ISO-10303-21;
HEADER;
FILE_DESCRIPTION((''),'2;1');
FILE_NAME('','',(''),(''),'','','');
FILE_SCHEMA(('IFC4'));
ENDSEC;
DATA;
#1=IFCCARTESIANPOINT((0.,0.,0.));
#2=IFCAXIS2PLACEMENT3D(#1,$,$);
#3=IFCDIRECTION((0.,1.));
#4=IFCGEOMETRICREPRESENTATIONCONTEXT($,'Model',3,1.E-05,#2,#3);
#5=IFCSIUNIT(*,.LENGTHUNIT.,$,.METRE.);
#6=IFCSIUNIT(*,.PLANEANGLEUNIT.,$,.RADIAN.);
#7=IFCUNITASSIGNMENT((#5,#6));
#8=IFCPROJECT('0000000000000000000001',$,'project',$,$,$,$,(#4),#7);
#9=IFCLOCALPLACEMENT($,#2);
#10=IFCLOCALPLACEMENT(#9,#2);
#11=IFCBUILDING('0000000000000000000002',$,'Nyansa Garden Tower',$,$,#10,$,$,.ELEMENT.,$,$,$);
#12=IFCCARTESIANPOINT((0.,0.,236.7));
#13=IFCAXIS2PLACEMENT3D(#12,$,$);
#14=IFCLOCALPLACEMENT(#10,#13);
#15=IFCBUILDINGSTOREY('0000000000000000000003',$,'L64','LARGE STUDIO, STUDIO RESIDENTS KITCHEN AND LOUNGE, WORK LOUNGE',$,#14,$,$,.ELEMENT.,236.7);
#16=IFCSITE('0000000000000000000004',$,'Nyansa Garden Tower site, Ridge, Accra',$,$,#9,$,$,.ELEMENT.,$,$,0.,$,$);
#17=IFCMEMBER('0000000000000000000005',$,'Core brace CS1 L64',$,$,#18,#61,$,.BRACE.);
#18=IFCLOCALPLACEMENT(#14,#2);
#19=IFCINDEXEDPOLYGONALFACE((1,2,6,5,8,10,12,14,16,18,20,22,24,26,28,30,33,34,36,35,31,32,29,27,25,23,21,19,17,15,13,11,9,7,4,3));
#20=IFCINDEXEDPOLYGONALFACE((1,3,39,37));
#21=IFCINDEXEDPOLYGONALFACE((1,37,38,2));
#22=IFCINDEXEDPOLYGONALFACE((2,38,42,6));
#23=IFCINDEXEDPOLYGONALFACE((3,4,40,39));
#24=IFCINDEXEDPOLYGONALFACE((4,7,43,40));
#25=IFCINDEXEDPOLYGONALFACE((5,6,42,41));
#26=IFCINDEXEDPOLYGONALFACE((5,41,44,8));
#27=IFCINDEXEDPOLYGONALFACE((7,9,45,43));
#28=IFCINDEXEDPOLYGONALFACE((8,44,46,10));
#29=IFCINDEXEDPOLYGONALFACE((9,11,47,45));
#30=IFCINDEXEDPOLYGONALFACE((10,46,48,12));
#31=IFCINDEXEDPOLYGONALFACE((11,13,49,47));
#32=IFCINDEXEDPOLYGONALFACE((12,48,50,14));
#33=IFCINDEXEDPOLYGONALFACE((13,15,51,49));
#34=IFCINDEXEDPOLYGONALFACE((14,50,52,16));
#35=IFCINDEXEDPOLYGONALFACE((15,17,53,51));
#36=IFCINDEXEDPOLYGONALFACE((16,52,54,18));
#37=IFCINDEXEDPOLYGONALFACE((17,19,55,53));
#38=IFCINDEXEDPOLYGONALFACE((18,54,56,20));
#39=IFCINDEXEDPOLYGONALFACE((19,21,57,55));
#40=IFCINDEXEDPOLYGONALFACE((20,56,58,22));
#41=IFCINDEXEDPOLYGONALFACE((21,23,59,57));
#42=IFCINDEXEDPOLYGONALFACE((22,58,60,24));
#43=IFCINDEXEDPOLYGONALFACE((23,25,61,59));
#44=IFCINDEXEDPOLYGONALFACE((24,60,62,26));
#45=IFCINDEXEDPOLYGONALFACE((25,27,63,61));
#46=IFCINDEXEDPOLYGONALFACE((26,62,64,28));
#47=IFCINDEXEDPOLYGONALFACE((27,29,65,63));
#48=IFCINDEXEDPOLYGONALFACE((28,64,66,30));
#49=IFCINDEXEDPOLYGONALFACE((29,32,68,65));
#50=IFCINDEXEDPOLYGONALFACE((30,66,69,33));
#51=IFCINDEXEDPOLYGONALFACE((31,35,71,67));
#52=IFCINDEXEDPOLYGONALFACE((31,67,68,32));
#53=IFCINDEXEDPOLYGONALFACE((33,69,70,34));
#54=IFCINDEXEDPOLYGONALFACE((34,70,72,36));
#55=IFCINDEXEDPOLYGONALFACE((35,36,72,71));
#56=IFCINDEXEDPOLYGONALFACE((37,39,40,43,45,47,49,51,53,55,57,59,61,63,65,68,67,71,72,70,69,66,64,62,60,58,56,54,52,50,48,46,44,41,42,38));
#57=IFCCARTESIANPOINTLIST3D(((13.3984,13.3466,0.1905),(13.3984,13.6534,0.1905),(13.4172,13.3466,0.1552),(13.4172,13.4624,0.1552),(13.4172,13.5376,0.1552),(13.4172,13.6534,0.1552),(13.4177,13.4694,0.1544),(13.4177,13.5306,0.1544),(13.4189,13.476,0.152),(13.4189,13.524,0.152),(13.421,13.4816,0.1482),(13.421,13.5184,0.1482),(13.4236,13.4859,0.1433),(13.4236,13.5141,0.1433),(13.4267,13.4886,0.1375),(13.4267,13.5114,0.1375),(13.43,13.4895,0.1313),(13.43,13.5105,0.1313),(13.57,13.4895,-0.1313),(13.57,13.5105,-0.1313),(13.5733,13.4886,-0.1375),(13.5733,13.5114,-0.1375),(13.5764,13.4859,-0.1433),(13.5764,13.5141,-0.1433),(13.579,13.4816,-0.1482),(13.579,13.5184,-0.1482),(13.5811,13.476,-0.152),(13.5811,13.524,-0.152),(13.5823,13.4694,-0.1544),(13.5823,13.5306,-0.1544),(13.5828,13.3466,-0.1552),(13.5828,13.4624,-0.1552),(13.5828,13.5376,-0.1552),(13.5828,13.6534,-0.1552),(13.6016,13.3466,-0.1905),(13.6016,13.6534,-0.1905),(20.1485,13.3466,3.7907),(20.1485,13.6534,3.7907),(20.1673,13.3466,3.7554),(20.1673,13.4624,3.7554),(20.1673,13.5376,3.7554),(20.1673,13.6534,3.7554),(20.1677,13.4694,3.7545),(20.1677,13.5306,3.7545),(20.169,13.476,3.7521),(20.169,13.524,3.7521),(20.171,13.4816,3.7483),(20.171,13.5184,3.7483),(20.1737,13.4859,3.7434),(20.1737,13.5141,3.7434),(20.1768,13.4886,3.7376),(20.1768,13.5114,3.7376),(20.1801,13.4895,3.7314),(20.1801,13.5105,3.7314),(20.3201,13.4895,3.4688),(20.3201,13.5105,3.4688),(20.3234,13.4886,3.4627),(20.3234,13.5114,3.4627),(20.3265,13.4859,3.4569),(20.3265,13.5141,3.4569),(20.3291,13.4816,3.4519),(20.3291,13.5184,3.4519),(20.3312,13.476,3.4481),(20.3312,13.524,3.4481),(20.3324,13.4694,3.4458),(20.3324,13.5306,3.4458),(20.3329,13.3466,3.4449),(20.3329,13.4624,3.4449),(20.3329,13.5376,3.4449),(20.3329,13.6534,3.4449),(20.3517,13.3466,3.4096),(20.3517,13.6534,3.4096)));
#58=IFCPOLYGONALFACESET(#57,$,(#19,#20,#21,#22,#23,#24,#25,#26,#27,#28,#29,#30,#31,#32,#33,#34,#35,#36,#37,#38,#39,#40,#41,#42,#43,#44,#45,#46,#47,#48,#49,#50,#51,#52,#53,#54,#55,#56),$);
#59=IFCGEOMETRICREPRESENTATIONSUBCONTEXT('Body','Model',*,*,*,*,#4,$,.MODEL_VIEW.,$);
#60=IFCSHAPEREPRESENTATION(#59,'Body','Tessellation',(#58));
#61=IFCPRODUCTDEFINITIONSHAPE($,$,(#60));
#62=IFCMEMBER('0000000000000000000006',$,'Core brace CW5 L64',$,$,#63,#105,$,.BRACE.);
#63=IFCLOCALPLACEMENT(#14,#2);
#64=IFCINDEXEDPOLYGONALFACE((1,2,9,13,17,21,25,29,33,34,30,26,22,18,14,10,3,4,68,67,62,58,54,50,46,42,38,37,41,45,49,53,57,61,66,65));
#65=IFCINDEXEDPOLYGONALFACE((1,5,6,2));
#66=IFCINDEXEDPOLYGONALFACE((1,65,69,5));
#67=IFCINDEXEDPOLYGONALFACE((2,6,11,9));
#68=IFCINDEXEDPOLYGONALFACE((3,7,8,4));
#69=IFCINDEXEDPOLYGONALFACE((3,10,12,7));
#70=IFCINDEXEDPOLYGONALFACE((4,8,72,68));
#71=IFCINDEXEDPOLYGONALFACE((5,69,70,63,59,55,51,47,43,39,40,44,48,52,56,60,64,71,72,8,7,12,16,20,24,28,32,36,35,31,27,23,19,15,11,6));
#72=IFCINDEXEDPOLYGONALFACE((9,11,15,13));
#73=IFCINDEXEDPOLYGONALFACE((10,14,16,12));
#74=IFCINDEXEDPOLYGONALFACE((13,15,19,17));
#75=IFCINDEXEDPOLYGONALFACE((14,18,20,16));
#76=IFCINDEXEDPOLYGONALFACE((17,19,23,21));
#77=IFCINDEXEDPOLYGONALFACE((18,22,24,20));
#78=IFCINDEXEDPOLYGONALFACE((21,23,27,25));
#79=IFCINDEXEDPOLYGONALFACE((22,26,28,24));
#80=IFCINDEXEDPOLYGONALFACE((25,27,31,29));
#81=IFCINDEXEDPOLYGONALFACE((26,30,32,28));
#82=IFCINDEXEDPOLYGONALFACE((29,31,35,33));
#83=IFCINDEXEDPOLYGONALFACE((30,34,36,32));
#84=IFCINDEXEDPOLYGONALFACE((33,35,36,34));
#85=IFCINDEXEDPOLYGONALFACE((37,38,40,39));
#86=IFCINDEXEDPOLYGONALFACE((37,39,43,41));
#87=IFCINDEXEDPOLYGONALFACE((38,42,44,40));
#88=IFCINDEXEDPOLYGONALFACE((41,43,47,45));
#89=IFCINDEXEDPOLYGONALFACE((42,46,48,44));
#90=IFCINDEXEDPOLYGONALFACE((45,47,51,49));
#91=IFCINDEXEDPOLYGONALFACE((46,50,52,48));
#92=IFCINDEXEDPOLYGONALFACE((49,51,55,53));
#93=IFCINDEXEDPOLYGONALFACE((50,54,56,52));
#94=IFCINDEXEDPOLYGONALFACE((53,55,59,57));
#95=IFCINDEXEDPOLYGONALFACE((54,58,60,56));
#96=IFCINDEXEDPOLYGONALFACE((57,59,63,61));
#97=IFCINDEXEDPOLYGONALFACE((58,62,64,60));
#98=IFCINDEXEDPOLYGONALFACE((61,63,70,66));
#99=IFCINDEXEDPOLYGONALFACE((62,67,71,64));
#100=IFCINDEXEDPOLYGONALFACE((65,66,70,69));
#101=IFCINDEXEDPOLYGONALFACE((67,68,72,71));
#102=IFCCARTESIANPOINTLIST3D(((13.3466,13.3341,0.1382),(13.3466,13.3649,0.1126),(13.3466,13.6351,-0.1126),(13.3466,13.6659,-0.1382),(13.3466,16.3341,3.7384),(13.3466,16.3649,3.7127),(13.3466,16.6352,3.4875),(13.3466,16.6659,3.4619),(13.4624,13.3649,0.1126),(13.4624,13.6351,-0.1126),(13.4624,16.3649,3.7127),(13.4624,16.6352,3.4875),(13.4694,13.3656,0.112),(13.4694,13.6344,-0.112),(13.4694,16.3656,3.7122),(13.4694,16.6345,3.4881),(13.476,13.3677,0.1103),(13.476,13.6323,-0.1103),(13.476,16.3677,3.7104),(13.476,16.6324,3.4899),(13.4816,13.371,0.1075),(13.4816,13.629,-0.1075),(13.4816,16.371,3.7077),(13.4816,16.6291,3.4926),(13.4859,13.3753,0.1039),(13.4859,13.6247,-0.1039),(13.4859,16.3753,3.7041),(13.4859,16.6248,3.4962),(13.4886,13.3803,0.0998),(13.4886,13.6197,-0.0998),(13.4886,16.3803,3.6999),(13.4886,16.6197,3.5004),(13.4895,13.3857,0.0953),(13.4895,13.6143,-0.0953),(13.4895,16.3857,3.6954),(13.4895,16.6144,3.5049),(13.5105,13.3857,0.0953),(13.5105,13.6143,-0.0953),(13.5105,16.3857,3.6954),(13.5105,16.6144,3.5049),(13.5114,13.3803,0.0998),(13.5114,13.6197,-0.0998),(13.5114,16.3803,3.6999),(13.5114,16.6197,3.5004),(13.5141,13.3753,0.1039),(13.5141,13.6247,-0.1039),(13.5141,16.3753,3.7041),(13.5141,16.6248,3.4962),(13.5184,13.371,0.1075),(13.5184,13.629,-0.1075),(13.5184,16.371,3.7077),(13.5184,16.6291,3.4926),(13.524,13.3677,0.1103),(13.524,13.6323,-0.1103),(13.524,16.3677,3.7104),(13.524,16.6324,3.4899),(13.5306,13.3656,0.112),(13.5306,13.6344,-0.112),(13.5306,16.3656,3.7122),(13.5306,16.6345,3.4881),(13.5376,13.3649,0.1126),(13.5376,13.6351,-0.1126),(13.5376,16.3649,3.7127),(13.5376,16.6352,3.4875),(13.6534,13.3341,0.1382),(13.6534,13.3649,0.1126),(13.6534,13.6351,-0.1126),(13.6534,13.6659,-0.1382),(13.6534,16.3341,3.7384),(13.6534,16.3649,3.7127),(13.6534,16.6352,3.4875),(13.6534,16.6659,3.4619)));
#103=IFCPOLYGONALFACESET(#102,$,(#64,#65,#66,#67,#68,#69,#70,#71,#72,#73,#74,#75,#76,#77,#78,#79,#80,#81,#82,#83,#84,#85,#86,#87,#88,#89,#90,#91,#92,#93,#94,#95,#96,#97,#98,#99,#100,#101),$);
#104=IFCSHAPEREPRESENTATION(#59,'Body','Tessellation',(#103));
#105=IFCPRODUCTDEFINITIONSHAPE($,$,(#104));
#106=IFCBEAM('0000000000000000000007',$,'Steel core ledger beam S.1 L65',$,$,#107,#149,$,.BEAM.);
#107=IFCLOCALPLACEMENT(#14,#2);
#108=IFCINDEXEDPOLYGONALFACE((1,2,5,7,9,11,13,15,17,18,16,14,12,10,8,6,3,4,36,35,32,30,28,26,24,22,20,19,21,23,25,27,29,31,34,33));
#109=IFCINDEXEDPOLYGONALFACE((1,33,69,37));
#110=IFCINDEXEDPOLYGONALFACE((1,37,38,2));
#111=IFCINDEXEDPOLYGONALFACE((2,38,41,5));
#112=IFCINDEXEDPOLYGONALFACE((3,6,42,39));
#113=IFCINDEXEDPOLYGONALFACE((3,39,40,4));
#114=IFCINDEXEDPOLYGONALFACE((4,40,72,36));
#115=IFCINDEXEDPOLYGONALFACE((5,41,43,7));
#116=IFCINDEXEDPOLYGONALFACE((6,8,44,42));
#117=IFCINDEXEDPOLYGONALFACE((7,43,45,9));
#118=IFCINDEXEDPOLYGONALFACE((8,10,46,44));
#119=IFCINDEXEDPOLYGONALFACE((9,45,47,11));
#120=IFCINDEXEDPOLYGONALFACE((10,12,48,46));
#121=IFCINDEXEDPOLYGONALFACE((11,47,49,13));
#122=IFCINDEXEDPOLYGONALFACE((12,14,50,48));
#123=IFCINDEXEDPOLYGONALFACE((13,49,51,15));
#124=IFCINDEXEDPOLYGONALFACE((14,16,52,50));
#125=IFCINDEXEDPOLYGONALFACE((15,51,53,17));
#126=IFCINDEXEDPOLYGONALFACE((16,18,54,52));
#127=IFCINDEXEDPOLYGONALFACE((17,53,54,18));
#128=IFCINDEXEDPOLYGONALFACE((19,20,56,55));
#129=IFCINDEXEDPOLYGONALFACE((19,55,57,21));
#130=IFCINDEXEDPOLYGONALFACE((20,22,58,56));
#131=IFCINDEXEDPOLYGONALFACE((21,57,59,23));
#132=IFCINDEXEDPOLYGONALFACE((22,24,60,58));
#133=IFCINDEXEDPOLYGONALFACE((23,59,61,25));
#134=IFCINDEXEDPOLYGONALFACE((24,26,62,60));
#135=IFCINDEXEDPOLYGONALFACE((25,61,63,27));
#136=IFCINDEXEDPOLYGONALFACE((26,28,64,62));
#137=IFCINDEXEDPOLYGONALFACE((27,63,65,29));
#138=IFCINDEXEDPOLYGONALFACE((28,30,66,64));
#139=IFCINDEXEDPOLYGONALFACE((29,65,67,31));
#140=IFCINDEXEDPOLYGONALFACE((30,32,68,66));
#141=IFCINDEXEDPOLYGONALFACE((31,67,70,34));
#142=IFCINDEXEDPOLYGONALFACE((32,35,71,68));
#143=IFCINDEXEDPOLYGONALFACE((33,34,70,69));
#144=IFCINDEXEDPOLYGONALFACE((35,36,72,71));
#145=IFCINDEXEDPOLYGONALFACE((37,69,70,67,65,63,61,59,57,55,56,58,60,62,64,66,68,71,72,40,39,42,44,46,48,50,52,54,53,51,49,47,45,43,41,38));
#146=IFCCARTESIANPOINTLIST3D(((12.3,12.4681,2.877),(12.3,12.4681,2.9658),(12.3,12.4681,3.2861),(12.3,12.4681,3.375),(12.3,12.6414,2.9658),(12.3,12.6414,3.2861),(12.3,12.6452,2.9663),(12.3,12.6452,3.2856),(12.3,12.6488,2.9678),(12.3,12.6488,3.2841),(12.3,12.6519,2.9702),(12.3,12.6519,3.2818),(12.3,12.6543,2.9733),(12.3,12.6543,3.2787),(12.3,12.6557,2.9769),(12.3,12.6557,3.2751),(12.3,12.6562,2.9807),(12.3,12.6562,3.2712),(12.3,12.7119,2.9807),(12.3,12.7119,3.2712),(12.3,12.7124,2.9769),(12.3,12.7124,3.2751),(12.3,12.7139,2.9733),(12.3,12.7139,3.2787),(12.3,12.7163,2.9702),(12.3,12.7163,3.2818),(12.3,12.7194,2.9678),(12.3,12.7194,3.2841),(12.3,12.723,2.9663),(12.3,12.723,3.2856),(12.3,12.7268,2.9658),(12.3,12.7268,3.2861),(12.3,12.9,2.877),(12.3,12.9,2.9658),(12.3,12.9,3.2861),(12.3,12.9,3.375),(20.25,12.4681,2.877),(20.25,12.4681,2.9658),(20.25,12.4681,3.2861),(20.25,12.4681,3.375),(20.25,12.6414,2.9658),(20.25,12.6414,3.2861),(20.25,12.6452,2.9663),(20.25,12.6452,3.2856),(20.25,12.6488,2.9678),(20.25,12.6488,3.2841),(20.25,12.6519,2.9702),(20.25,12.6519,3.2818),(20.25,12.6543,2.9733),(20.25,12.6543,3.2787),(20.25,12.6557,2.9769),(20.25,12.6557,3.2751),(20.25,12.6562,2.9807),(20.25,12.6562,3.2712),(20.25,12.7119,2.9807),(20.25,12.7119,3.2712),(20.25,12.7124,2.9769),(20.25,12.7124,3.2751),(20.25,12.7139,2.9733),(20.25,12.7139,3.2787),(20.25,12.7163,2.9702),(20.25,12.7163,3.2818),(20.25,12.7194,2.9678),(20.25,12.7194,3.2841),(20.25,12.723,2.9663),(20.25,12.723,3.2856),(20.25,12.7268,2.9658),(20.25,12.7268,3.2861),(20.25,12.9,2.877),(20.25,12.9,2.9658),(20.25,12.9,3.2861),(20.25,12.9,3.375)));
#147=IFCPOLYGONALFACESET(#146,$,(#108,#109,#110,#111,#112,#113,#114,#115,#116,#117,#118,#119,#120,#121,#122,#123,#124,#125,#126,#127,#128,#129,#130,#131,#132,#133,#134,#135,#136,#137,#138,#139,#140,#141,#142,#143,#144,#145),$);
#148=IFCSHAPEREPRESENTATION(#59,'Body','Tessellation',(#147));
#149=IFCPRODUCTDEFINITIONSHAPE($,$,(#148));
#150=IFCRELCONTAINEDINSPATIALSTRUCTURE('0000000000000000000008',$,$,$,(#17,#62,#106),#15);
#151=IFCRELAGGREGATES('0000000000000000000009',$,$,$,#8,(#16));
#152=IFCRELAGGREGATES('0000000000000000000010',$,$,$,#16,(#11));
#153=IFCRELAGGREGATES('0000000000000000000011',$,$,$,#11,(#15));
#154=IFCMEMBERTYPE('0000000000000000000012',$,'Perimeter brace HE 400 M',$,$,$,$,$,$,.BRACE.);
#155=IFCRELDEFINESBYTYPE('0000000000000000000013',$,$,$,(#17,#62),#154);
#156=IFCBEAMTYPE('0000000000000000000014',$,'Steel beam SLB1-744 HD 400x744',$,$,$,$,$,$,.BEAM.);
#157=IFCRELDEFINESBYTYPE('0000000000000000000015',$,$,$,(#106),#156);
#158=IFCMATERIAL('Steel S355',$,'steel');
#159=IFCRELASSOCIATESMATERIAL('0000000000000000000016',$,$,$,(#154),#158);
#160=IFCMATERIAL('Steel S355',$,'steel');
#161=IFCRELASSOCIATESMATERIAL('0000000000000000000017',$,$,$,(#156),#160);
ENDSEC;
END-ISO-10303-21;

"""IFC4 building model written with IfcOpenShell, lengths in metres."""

from ifc_helpers import new_model, si_unit, direction, frame, origin, origin_2d, place, context, subcontext, project, spatial, i_section, extrude, material, material_profile, profile_set, type_object, element, save


model = new_model("IFC4")

# Units and contexts
model_context = context("Model", 3, precision=1e-05, world=origin(), true_north=direction((0.0, 1.0)))
body_context = subcontext(model_context, "Body", "Model", "MODEL_VIEW")
ifc_project = project(units=[si_unit("LENGTHUNIT", "METRE"), si_unit("PLANEANGLEUNIT", "RADIAN")], contexts=[model_context])

# Site, building, storey
site_placement = place(None, origin())
site = spatial("IfcSite", under=ifc_project, at=site_placement, Name="Nyansa Garden Tower site, Ridge, Accra", CompositionType="ELEMENT", RefElevation=0.0)
building_placement = place(site_placement, origin())
building = spatial("IfcBuilding", under=site, at=building_placement, Name="Nyansa Garden Tower", CompositionType="ELEMENT")
storey_placement = place(building_placement, frame((0.0, 0.0, 236.7)))
storey = spatial("IfcBuildingStorey", under=building, at=storey_placement, Name="L64", Description="LARGE STUDIO, STUDIO RESIDENTS KITCHEN AND LOUNGE, WORK LOUNGE", CompositionType="ELEMENT", Elevation=236.7)

# Members
ifc_material_1 = material(Name="Steel S355", Category="steel")
ifc_material_profile_1 = material_profile(ifc_material_1, i_section(OverallWidth=0.3069, OverallDepth=0.4319, WebThickness=0.021, FlangeThickness=0.04, FilletRadius=0.0271, at=origin_2d()), Name="HE 400 M")
ifc_profile_set_1 = profile_set([ifc_material_profile_1], Name="Steel S355")
member_type = type_object("IfcMemberType", Name="Perimeter brace HE 400 M", PredefinedType="BRACE", material=ifc_profile_set_1)
member_1_placement = place(storey_placement, frame((13.5, 13.5, 0.0), z_axis=(0.882348, 0.0, 0.470598), x_axis=(0.0, 1.0, 0.0)))
element("IfcMember", 1, at=member_1_placement, inside=storey, type_object=member_type, Name="Core brace CS1 L64", PredefinedType="BRACE", context=body_context, shape_type="SweptSolid", body=[
    extrude(i_section(OverallWidth=0.3069, OverallDepth=0.4319, WebThickness=0.021, FlangeThickness=0.04, FilletRadius=0.0271, at=origin_2d()), origin(), (0.0, 0.0, 1.0), 7.6501),
])
member_2_placement = place(storey_placement, frame((13.5, 13.5, 0.0), z_axis=(0.0, 0.640174, 0.76823), x_axis=(-1.0, 0.0, 0.0)))
element("IfcMember", 2, at=member_2_placement, inside=storey, type_object=member_type, Name="Core brace CW5 L64", PredefinedType="BRACE", context=body_context, shape_type="SweptSolid", body=[
    extrude(i_section(OverallWidth=0.3069, OverallDepth=0.4319, WebThickness=0.021, FlangeThickness=0.04, FilletRadius=0.0271, at=origin_2d()), origin(), (0.0, 0.0, 1.0), 4.6863),
])

# Beam
ifc_material_2 = material(Name="Steel S355", Category="steel")
ifc_material_profile_2 = material_profile(ifc_material_2, i_section(OverallWidth=0.4319, OverallDepth=0.498, WebThickness=0.0557, FlangeThickness=0.0889, FilletRadius=0.0149, at=origin_2d()), Name="HD 400x744")
ifc_profile_set_2 = profile_set([ifc_material_profile_2], Name="Steel S355")
beam_type = type_object("IfcBeamType", Name="Steel beam SLB1-744 HD 400x744", PredefinedType="BEAM", material=ifc_profile_set_2)
beam_placement = place(storey_placement, frame((12.3, 12.6841, 3.126), z_axis=(1.0, 0.0, 0.0), x_axis=(0.0, 1.0, 0.0)))
element("IfcBeam", 3, at=beam_placement, inside=storey, type_object=beam_type, Name="Steel core ledger beam S.1 L65", PredefinedType="BEAM", context=body_context, shape_type="SweptSolid", body=[
    extrude(i_section(OverallWidth=0.4319, OverallDepth=0.498, WebThickness=0.0557, FlangeThickness=0.0889, FilletRadius=0.0149, at=origin_2d()), origin(), (0.0, 0.0, 1.0), 7.95),
])

save(model, "model.ifc")
